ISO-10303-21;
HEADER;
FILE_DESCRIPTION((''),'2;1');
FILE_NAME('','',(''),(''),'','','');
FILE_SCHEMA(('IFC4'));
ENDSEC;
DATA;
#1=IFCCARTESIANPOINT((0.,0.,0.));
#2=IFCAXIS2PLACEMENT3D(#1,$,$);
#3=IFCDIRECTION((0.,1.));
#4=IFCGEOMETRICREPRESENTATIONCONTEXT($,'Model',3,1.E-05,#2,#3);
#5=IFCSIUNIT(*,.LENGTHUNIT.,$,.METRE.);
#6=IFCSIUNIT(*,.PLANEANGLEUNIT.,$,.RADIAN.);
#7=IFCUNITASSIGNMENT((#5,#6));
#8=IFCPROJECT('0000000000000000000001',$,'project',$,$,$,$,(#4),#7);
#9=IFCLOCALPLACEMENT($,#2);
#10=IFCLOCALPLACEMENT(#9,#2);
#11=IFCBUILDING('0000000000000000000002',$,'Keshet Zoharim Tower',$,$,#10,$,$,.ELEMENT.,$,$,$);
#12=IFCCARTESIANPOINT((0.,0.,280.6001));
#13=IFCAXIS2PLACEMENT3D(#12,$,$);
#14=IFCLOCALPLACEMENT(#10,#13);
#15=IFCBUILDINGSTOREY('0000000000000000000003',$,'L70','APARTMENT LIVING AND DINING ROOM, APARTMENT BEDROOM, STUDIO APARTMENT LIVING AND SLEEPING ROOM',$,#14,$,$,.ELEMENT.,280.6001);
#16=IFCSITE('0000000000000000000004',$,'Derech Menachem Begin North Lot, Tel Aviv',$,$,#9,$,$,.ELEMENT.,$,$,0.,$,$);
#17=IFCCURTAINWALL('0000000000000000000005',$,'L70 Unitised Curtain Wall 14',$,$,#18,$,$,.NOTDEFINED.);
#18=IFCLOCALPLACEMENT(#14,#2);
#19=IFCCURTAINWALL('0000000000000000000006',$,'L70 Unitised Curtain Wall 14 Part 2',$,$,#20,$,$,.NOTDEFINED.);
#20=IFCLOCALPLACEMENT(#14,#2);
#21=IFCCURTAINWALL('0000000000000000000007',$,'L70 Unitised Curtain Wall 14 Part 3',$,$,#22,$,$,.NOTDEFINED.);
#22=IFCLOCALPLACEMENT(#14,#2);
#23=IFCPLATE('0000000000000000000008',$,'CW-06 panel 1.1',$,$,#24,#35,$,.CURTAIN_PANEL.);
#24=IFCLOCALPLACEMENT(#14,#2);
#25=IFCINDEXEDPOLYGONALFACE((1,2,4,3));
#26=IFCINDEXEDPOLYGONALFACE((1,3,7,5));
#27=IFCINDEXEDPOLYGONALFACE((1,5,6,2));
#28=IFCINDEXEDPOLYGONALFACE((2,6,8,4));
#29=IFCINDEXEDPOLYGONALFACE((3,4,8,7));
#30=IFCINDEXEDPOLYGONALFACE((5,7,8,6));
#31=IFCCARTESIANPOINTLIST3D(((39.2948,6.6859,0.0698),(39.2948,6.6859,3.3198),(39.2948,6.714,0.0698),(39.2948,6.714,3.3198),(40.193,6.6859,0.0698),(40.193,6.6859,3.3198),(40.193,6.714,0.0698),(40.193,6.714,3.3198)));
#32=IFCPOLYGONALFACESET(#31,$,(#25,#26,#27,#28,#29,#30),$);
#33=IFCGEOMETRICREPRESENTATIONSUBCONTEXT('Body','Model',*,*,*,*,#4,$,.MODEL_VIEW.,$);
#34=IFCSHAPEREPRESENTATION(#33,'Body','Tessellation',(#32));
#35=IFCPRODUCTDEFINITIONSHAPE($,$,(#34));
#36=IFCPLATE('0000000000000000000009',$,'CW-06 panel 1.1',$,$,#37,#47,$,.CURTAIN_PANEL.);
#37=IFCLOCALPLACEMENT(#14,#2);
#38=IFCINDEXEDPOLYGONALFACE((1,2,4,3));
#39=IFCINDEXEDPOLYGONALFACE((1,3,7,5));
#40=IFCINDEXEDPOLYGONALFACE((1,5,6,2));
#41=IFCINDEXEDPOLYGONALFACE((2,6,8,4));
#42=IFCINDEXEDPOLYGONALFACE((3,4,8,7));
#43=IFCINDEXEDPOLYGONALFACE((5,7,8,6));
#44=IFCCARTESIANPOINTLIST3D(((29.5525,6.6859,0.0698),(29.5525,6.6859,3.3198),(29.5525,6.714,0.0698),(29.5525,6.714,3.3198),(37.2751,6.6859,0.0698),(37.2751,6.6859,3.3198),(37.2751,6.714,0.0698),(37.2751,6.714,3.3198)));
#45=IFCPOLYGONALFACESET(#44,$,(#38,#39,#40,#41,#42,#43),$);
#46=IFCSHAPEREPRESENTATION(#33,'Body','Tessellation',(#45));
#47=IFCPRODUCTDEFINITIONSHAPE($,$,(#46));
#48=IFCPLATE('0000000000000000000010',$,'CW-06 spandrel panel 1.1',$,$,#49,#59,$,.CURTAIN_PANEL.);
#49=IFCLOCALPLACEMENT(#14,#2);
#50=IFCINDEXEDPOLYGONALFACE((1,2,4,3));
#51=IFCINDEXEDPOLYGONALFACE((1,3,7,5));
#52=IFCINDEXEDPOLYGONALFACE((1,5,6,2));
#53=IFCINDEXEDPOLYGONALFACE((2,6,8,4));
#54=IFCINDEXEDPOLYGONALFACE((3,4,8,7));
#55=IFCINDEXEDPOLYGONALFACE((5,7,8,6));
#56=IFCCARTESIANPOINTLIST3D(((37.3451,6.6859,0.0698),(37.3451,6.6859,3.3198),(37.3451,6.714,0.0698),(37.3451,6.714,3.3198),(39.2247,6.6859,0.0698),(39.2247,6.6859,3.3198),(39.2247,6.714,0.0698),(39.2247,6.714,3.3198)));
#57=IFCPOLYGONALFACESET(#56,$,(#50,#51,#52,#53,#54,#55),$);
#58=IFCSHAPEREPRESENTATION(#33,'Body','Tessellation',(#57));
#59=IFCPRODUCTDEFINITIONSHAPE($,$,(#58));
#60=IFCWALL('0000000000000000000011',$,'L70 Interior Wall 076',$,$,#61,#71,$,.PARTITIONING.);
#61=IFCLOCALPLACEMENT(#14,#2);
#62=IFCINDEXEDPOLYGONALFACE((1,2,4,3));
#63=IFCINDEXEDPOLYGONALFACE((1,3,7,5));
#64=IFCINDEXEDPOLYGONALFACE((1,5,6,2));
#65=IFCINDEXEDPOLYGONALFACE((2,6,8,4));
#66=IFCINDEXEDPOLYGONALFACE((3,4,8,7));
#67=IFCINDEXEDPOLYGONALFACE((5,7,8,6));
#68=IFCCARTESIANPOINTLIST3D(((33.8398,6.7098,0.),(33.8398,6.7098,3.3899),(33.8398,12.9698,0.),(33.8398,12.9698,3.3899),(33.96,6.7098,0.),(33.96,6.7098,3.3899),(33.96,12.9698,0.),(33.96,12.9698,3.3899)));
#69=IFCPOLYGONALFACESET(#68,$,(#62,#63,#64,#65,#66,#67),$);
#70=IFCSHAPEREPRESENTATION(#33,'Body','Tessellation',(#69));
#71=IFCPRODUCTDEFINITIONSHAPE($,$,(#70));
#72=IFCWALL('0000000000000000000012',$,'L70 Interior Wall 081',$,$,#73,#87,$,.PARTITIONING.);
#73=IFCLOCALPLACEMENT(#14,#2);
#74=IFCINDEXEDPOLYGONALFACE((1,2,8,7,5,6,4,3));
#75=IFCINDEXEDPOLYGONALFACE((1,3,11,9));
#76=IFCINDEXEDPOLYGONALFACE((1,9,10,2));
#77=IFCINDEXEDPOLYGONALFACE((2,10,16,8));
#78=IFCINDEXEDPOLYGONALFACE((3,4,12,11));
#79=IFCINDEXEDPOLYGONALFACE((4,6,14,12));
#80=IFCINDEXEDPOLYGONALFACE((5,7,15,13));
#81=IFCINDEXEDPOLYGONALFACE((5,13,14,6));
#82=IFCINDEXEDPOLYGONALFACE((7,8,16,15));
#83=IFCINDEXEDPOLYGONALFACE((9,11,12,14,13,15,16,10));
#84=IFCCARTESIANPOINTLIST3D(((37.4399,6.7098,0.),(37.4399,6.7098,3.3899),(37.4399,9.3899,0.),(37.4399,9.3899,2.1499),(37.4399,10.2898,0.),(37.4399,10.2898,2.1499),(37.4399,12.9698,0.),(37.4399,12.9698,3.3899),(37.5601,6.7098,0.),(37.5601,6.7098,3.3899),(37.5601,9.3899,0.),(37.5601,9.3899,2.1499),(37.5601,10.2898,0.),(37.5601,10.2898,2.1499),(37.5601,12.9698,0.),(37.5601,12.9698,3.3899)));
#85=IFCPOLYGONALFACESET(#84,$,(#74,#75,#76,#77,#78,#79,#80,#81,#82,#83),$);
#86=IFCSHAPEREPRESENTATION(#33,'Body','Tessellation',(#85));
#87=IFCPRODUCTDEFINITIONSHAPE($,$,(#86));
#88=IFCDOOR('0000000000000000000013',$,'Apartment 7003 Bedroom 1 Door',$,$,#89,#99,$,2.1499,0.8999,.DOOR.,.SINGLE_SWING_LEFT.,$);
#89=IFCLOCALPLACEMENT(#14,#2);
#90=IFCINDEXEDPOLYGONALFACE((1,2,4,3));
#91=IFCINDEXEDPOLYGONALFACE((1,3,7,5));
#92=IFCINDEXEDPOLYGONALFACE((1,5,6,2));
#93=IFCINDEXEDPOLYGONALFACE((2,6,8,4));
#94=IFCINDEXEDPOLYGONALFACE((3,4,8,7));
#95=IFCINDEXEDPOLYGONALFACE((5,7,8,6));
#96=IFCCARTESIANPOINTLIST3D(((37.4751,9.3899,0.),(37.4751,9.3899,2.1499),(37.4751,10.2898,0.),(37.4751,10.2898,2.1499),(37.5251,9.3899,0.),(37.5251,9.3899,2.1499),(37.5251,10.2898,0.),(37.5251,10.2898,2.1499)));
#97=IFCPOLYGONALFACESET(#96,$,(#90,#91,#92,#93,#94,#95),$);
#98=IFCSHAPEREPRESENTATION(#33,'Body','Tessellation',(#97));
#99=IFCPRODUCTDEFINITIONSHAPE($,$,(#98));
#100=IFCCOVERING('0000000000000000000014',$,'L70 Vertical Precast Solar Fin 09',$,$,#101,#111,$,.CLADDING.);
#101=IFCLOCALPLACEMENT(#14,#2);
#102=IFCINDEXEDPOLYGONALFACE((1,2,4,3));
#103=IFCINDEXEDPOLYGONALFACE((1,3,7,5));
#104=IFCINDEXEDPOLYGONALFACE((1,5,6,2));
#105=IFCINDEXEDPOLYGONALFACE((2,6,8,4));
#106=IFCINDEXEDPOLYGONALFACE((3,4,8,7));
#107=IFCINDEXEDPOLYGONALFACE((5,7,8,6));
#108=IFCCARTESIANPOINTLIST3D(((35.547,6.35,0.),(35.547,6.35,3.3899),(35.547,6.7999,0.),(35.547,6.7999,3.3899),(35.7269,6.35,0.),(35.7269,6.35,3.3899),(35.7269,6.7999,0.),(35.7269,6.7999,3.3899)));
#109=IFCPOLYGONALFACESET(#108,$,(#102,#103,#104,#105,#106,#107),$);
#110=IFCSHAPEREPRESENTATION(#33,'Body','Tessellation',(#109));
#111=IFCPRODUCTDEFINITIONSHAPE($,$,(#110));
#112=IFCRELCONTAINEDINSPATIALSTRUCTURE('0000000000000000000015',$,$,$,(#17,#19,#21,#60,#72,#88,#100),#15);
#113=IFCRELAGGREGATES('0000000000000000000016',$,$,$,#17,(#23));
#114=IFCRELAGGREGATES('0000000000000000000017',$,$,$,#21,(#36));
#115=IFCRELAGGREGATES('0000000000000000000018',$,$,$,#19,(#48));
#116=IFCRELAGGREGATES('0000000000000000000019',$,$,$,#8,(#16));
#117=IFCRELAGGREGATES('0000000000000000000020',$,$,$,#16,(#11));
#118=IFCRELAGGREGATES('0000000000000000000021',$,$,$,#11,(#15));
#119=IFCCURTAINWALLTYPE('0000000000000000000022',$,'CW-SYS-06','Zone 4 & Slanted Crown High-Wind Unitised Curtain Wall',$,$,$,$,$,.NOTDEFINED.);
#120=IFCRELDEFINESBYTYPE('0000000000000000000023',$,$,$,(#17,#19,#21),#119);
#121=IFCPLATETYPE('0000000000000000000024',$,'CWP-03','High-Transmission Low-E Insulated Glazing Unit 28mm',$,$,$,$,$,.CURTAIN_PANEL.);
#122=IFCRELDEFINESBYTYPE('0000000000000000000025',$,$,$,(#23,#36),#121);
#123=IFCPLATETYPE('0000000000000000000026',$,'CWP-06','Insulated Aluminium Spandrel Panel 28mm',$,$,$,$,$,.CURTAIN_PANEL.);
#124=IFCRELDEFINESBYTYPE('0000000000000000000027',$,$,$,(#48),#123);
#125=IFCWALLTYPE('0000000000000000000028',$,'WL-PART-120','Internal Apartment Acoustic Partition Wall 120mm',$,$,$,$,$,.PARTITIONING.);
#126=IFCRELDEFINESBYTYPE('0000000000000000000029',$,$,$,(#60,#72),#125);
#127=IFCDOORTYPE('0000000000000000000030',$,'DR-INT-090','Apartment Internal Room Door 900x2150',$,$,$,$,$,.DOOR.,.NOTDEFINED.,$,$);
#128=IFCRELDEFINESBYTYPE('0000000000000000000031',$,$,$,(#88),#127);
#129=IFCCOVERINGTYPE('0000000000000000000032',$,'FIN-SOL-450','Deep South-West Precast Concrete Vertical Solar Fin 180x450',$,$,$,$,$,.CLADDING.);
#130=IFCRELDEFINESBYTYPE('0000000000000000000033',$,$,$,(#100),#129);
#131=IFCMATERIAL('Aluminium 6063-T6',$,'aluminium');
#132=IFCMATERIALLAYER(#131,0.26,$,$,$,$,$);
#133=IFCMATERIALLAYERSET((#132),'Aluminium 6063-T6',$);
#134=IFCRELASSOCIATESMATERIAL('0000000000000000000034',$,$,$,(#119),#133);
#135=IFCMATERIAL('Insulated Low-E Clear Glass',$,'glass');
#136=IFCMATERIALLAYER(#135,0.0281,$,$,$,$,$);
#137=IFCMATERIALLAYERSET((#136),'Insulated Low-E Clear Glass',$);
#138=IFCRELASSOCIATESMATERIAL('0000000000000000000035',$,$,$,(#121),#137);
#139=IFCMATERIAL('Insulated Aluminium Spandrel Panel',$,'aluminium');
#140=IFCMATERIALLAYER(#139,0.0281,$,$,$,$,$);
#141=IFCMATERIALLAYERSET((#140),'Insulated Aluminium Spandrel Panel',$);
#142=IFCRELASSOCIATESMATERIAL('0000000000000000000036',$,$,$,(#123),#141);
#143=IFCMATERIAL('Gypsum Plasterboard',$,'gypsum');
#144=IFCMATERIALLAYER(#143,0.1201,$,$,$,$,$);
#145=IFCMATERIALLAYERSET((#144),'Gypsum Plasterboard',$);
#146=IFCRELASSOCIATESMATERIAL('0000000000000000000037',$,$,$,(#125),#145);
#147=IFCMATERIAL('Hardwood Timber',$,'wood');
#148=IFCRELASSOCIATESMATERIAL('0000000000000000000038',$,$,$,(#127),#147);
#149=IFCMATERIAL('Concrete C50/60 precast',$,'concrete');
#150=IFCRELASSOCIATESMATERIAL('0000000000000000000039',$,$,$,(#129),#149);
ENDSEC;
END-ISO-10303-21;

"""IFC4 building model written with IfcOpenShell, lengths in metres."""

from ifc_helpers import new_model, si_unit, direction, frame, frame_2d, origin, origin_2d, place, context, subcontext, project, spatial, rectangle, extrude, material, layer, layer_set, type_object, element, fill, aggregate, save


model = new_model("IFC4")

# Units and contexts
model_context = context("Model", 3, precision=1e-05, world=origin(), true_north=direction((0.0, 1.0)))
body_context = subcontext(model_context, "Body", "Model", "MODEL_VIEW")
ifc_project = project(units=[si_unit("LENGTHUNIT", "METRE"), si_unit("PLANEANGLEUNIT", "RADIAN")], contexts=[model_context])

# Site, building, storey
site_placement = place(None, origin())
site = spatial("IfcSite", under=ifc_project, at=site_placement, Name="Derech Menachem Begin North Lot, Tel Aviv", CompositionType="ELEMENT", RefElevation=0.0)
building_placement = place(site_placement, origin())
building = spatial("IfcBuilding", under=site, at=building_placement, Name="Keshet Zoharim Tower", CompositionType="ELEMENT")
storey_placement = place(building_placement, frame((0.0, 0.0, 280.6001)))
storey = spatial("IfcBuildingStorey", under=building, at=storey_placement, Name="L70", Description="APARTMENT LIVING AND DINING ROOM, APARTMENT BEDROOM, STUDIO APARTMENT LIVING AND SLEEPING ROOM", CompositionType="ELEMENT", Elevation=280.6001)

# Shared definitions
ifc_material_1 = material(Name="Aluminium 6063-T6", Category="aluminium")
ifc_layer_1 = layer(ifc_material_1, 0.26)
ifc_layer_set_1 = layer_set([ifc_layer_1], Name="Aluminium 6063-T6")
curtain_wall_type = type_object("IfcCurtainWallType", Name="CW-SYS-06", Description="Zone 4 & Slanted Crown High-Wind Unitised Curtain Wall", PredefinedType="NOTDEFINED", material=ifc_layer_set_1)

# Curtain wall
curtain_wall_1_placement = place(storey_placement, origin())
curtain_wall_1 = element("IfcCurtainWall", 1, at=curtain_wall_1_placement, inside=storey, type_object=curtain_wall_type, Name="L70 Unitised Curtain Wall 14", PredefinedType="NOTDEFINED")

# Curtain wall
curtain_wall_2_placement = place(storey_placement, origin())
curtain_wall_2 = element("IfcCurtainWall", 2, at=curtain_wall_2_placement, inside=storey, type_object=curtain_wall_type, Name="L70 Unitised Curtain Wall 14 Part 2", PredefinedType="NOTDEFINED")

# Curtain wall
curtain_wall_3_placement = place(storey_placement, origin())
curtain_wall_3 = element("IfcCurtainWall", 3, at=curtain_wall_3_placement, inside=storey, type_object=curtain_wall_type, Name="L70 Unitised Curtain Wall 14 Part 3", PredefinedType="NOTDEFINED")

# Plates
ifc_material_2 = material(Name="Insulated Low-E Clear Glass", Category="glass")
ifc_layer_2 = layer(ifc_material_2, 0.0281)
ifc_layer_set_2 = layer_set([ifc_layer_2], Name="Insulated Low-E Clear Glass")
plate_type_1 = type_object("IfcPlateType", Name="CWP-03", Description="High-Transmission Low-E Insulated Glazing Unit 28mm", PredefinedType="CURTAIN_PANEL", material=ifc_layer_set_2)
plate_1_placement = place(storey_placement, frame((39.7439, 6.7, 0.0698), z_axis=(0.0, 0.0, 1.0), x_axis=(-1.0, 0.0, 0.0)))
plate_1 = element("IfcPlate", 4, at=plate_1_placement, type_object=plate_type_1, Name="CW-06 panel 1.1", PredefinedType="CURTAIN_PANEL", context=body_context, shape_type="SweptSolid", body=[
    extrude(rectangle(XDim=0.8982, YDim=0.0281, at=origin_2d()), origin(), (0.0, 0.0, 1.0), 3.25),
])
aggregate(curtain_wall_1, [plate_1])
plate_2_placement = place(storey_placement, frame((33.4138, 6.7, 0.0698), z_axis=(0.0, 0.0, 1.0), x_axis=(-1.0, 0.0, 0.0)))
plate_2 = element("IfcPlate", 5, at=plate_2_placement, type_object=plate_type_1, Name="CW-06 panel 1.1", PredefinedType="CURTAIN_PANEL", context=body_context, shape_type="SweptSolid", body=[
    extrude(rectangle(XDim=7.7227, YDim=0.0281, at=origin_2d()), origin(), (0.0, 0.0, 1.0), 3.25),
])
aggregate(curtain_wall_3, [plate_2])
ifc_material_3 = material(Name="Insulated Aluminium Spandrel Panel", Category="aluminium")
ifc_layer_3 = layer(ifc_material_3, 0.0281)
ifc_layer_set_3 = layer_set([ifc_layer_3], Name="Insulated Aluminium Spandrel Panel")
plate_type_2 = type_object("IfcPlateType", Name="CWP-06", Description="Insulated Aluminium Spandrel Panel 28mm", PredefinedType="CURTAIN_PANEL", material=ifc_layer_set_3)
plate_3_placement = place(storey_placement, frame((38.2849, 6.7, 0.0698), z_axis=(0.0, 0.0, 1.0), x_axis=(-1.0, 0.0, 0.0)))
plate_3 = element("IfcPlate", 6, at=plate_3_placement, type_object=plate_type_2, Name="CW-06 spandrel panel 1.1", PredefinedType="CURTAIN_PANEL", context=body_context, shape_type="SweptSolid", body=[
    extrude(rectangle(XDim=1.8796, YDim=0.0281, at=origin_2d()), origin(), (0.0, 0.0, 1.0), 3.25),
])
aggregate(curtain_wall_2, [plate_3])

# Wall
ifc_material_4 = material(Name="Gypsum Plasterboard", Category="gypsum")
ifc_layer_4 = layer(ifc_material_4, 0.1201)
ifc_layer_set_4 = layer_set([ifc_layer_4], Name="Gypsum Plasterboard")
wall_type = type_object("IfcWallType", Name="WL-PART-120", Description="Internal Apartment Acoustic Partition Wall 120mm", PredefinedType="PARTITIONING", material=ifc_layer_set_4)
wall_1_placement = place(storey_placement, frame((33.8999, 6.71, 0.0), z_axis=(0.0, 0.0, 1.0), x_axis=(0.0, 1.0, 0.0)))
element("IfcWall", 7, at=wall_1_placement, inside=storey, type_object=wall_type, Name="L70 Interior Wall 076", PredefinedType="PARTITIONING", context=body_context, shape_type="SweptSolid", body=[
    extrude(rectangle(XDim=6.26, YDim=0.1201, at=frame_2d((3.1299, 0.0))), origin(), (0.0, 0.0, 1.0), 3.3899),
])

# Wall, opening, door
wall_2_placement = place(storey_placement, frame((37.5, 6.71, 0.0), z_axis=(0.0, 0.0, 1.0), x_axis=(0.0, 1.0, 0.0)))
wall_2 = element("IfcWall", 8, at=wall_2_placement, inside=storey, type_object=wall_type, Name="L70 Interior Wall 081", PredefinedType="PARTITIONING", context=body_context, shape_type="SweptSolid", body=[
    extrude(rectangle(XDim=6.26, YDim=0.1201, at=frame_2d((3.1299, 0.0))), origin(), (0.0, 0.0, 1.0), 3.3899),
])
opening_placement = place(wall_2_placement, frame((2.6799, 0.0, 0.0)))
opening = element("IfcOpeningElement", 9, at=opening_placement, cuts=wall_2, PredefinedType="OPENING", context=body_context, shape_type="SweptSolid", body=[
    extrude(rectangle(XDim=0.8999, YDim=2.1499, at=frame_2d((0.45, 1.075))), frame((0.0, 0.0701, 0.0), z_axis=(0.0, -1.0, 0.0), x_axis=(1.0, 0.0, 0.0)), (0.0, 0.0, 1.0), 0.1401),
])
ifc_material_5 = material(Name="Hardwood Timber", Category="wood")
door_type = type_object("IfcDoorType", Name="DR-INT-090", Description="Apartment Internal Room Door 900x2150", OperationType="NOTDEFINED", PredefinedType="DOOR", material=ifc_material_5)
door_placement = place(opening_placement, origin())
door = element("IfcDoor", 10, at=door_placement, inside=storey, type_object=door_type, Name="Apartment 7003 Bedroom 1 Door", OperationType="SINGLE_SWING_LEFT", OverallHeight=2.1499, OverallWidth=0.8999, PredefinedType="DOOR", context=body_context, shape_type="SweptSolid", body=[
    extrude(rectangle(XDim=0.8999, YDim=2.1499, at=frame_2d((0.45, 1.075))), frame((0.0, 0.0249, 0.0), z_axis=(0.0, -1.0, 0.0), x_axis=(1.0, 0.0, 0.0)), (0.0, 0.0, 1.0), 0.05),
])
fill(opening, door)

# Covering
ifc_material_6 = material(Name="Concrete C50/60 precast", Category="concrete")
covering_type = type_object("IfcCoveringType", Name="FIN-SOL-450", Description="Deep South-West Precast Concrete Vertical Solar Fin 180x450", PredefinedType="CLADDING", material=ifc_material_6)
covering_placement = place(storey_placement, frame((35.637, 6.575, 0.0), z_axis=(0.0, 0.0, 1.0), x_axis=(-1.0, 0.0, 0.0)))
element("IfcCovering", 11, at=covering_placement, inside=storey, type_object=covering_type, Name="L70 Vertical Precast Solar Fin 09", PredefinedType="CLADDING", context=body_context, shape_type="SweptSolid", body=[
    extrude(rectangle(XDim=0.1799, YDim=0.45, at=origin_2d()), origin(), (0.0, 0.0, 1.0), 3.3899),
])

save(model, "model.ifc")
